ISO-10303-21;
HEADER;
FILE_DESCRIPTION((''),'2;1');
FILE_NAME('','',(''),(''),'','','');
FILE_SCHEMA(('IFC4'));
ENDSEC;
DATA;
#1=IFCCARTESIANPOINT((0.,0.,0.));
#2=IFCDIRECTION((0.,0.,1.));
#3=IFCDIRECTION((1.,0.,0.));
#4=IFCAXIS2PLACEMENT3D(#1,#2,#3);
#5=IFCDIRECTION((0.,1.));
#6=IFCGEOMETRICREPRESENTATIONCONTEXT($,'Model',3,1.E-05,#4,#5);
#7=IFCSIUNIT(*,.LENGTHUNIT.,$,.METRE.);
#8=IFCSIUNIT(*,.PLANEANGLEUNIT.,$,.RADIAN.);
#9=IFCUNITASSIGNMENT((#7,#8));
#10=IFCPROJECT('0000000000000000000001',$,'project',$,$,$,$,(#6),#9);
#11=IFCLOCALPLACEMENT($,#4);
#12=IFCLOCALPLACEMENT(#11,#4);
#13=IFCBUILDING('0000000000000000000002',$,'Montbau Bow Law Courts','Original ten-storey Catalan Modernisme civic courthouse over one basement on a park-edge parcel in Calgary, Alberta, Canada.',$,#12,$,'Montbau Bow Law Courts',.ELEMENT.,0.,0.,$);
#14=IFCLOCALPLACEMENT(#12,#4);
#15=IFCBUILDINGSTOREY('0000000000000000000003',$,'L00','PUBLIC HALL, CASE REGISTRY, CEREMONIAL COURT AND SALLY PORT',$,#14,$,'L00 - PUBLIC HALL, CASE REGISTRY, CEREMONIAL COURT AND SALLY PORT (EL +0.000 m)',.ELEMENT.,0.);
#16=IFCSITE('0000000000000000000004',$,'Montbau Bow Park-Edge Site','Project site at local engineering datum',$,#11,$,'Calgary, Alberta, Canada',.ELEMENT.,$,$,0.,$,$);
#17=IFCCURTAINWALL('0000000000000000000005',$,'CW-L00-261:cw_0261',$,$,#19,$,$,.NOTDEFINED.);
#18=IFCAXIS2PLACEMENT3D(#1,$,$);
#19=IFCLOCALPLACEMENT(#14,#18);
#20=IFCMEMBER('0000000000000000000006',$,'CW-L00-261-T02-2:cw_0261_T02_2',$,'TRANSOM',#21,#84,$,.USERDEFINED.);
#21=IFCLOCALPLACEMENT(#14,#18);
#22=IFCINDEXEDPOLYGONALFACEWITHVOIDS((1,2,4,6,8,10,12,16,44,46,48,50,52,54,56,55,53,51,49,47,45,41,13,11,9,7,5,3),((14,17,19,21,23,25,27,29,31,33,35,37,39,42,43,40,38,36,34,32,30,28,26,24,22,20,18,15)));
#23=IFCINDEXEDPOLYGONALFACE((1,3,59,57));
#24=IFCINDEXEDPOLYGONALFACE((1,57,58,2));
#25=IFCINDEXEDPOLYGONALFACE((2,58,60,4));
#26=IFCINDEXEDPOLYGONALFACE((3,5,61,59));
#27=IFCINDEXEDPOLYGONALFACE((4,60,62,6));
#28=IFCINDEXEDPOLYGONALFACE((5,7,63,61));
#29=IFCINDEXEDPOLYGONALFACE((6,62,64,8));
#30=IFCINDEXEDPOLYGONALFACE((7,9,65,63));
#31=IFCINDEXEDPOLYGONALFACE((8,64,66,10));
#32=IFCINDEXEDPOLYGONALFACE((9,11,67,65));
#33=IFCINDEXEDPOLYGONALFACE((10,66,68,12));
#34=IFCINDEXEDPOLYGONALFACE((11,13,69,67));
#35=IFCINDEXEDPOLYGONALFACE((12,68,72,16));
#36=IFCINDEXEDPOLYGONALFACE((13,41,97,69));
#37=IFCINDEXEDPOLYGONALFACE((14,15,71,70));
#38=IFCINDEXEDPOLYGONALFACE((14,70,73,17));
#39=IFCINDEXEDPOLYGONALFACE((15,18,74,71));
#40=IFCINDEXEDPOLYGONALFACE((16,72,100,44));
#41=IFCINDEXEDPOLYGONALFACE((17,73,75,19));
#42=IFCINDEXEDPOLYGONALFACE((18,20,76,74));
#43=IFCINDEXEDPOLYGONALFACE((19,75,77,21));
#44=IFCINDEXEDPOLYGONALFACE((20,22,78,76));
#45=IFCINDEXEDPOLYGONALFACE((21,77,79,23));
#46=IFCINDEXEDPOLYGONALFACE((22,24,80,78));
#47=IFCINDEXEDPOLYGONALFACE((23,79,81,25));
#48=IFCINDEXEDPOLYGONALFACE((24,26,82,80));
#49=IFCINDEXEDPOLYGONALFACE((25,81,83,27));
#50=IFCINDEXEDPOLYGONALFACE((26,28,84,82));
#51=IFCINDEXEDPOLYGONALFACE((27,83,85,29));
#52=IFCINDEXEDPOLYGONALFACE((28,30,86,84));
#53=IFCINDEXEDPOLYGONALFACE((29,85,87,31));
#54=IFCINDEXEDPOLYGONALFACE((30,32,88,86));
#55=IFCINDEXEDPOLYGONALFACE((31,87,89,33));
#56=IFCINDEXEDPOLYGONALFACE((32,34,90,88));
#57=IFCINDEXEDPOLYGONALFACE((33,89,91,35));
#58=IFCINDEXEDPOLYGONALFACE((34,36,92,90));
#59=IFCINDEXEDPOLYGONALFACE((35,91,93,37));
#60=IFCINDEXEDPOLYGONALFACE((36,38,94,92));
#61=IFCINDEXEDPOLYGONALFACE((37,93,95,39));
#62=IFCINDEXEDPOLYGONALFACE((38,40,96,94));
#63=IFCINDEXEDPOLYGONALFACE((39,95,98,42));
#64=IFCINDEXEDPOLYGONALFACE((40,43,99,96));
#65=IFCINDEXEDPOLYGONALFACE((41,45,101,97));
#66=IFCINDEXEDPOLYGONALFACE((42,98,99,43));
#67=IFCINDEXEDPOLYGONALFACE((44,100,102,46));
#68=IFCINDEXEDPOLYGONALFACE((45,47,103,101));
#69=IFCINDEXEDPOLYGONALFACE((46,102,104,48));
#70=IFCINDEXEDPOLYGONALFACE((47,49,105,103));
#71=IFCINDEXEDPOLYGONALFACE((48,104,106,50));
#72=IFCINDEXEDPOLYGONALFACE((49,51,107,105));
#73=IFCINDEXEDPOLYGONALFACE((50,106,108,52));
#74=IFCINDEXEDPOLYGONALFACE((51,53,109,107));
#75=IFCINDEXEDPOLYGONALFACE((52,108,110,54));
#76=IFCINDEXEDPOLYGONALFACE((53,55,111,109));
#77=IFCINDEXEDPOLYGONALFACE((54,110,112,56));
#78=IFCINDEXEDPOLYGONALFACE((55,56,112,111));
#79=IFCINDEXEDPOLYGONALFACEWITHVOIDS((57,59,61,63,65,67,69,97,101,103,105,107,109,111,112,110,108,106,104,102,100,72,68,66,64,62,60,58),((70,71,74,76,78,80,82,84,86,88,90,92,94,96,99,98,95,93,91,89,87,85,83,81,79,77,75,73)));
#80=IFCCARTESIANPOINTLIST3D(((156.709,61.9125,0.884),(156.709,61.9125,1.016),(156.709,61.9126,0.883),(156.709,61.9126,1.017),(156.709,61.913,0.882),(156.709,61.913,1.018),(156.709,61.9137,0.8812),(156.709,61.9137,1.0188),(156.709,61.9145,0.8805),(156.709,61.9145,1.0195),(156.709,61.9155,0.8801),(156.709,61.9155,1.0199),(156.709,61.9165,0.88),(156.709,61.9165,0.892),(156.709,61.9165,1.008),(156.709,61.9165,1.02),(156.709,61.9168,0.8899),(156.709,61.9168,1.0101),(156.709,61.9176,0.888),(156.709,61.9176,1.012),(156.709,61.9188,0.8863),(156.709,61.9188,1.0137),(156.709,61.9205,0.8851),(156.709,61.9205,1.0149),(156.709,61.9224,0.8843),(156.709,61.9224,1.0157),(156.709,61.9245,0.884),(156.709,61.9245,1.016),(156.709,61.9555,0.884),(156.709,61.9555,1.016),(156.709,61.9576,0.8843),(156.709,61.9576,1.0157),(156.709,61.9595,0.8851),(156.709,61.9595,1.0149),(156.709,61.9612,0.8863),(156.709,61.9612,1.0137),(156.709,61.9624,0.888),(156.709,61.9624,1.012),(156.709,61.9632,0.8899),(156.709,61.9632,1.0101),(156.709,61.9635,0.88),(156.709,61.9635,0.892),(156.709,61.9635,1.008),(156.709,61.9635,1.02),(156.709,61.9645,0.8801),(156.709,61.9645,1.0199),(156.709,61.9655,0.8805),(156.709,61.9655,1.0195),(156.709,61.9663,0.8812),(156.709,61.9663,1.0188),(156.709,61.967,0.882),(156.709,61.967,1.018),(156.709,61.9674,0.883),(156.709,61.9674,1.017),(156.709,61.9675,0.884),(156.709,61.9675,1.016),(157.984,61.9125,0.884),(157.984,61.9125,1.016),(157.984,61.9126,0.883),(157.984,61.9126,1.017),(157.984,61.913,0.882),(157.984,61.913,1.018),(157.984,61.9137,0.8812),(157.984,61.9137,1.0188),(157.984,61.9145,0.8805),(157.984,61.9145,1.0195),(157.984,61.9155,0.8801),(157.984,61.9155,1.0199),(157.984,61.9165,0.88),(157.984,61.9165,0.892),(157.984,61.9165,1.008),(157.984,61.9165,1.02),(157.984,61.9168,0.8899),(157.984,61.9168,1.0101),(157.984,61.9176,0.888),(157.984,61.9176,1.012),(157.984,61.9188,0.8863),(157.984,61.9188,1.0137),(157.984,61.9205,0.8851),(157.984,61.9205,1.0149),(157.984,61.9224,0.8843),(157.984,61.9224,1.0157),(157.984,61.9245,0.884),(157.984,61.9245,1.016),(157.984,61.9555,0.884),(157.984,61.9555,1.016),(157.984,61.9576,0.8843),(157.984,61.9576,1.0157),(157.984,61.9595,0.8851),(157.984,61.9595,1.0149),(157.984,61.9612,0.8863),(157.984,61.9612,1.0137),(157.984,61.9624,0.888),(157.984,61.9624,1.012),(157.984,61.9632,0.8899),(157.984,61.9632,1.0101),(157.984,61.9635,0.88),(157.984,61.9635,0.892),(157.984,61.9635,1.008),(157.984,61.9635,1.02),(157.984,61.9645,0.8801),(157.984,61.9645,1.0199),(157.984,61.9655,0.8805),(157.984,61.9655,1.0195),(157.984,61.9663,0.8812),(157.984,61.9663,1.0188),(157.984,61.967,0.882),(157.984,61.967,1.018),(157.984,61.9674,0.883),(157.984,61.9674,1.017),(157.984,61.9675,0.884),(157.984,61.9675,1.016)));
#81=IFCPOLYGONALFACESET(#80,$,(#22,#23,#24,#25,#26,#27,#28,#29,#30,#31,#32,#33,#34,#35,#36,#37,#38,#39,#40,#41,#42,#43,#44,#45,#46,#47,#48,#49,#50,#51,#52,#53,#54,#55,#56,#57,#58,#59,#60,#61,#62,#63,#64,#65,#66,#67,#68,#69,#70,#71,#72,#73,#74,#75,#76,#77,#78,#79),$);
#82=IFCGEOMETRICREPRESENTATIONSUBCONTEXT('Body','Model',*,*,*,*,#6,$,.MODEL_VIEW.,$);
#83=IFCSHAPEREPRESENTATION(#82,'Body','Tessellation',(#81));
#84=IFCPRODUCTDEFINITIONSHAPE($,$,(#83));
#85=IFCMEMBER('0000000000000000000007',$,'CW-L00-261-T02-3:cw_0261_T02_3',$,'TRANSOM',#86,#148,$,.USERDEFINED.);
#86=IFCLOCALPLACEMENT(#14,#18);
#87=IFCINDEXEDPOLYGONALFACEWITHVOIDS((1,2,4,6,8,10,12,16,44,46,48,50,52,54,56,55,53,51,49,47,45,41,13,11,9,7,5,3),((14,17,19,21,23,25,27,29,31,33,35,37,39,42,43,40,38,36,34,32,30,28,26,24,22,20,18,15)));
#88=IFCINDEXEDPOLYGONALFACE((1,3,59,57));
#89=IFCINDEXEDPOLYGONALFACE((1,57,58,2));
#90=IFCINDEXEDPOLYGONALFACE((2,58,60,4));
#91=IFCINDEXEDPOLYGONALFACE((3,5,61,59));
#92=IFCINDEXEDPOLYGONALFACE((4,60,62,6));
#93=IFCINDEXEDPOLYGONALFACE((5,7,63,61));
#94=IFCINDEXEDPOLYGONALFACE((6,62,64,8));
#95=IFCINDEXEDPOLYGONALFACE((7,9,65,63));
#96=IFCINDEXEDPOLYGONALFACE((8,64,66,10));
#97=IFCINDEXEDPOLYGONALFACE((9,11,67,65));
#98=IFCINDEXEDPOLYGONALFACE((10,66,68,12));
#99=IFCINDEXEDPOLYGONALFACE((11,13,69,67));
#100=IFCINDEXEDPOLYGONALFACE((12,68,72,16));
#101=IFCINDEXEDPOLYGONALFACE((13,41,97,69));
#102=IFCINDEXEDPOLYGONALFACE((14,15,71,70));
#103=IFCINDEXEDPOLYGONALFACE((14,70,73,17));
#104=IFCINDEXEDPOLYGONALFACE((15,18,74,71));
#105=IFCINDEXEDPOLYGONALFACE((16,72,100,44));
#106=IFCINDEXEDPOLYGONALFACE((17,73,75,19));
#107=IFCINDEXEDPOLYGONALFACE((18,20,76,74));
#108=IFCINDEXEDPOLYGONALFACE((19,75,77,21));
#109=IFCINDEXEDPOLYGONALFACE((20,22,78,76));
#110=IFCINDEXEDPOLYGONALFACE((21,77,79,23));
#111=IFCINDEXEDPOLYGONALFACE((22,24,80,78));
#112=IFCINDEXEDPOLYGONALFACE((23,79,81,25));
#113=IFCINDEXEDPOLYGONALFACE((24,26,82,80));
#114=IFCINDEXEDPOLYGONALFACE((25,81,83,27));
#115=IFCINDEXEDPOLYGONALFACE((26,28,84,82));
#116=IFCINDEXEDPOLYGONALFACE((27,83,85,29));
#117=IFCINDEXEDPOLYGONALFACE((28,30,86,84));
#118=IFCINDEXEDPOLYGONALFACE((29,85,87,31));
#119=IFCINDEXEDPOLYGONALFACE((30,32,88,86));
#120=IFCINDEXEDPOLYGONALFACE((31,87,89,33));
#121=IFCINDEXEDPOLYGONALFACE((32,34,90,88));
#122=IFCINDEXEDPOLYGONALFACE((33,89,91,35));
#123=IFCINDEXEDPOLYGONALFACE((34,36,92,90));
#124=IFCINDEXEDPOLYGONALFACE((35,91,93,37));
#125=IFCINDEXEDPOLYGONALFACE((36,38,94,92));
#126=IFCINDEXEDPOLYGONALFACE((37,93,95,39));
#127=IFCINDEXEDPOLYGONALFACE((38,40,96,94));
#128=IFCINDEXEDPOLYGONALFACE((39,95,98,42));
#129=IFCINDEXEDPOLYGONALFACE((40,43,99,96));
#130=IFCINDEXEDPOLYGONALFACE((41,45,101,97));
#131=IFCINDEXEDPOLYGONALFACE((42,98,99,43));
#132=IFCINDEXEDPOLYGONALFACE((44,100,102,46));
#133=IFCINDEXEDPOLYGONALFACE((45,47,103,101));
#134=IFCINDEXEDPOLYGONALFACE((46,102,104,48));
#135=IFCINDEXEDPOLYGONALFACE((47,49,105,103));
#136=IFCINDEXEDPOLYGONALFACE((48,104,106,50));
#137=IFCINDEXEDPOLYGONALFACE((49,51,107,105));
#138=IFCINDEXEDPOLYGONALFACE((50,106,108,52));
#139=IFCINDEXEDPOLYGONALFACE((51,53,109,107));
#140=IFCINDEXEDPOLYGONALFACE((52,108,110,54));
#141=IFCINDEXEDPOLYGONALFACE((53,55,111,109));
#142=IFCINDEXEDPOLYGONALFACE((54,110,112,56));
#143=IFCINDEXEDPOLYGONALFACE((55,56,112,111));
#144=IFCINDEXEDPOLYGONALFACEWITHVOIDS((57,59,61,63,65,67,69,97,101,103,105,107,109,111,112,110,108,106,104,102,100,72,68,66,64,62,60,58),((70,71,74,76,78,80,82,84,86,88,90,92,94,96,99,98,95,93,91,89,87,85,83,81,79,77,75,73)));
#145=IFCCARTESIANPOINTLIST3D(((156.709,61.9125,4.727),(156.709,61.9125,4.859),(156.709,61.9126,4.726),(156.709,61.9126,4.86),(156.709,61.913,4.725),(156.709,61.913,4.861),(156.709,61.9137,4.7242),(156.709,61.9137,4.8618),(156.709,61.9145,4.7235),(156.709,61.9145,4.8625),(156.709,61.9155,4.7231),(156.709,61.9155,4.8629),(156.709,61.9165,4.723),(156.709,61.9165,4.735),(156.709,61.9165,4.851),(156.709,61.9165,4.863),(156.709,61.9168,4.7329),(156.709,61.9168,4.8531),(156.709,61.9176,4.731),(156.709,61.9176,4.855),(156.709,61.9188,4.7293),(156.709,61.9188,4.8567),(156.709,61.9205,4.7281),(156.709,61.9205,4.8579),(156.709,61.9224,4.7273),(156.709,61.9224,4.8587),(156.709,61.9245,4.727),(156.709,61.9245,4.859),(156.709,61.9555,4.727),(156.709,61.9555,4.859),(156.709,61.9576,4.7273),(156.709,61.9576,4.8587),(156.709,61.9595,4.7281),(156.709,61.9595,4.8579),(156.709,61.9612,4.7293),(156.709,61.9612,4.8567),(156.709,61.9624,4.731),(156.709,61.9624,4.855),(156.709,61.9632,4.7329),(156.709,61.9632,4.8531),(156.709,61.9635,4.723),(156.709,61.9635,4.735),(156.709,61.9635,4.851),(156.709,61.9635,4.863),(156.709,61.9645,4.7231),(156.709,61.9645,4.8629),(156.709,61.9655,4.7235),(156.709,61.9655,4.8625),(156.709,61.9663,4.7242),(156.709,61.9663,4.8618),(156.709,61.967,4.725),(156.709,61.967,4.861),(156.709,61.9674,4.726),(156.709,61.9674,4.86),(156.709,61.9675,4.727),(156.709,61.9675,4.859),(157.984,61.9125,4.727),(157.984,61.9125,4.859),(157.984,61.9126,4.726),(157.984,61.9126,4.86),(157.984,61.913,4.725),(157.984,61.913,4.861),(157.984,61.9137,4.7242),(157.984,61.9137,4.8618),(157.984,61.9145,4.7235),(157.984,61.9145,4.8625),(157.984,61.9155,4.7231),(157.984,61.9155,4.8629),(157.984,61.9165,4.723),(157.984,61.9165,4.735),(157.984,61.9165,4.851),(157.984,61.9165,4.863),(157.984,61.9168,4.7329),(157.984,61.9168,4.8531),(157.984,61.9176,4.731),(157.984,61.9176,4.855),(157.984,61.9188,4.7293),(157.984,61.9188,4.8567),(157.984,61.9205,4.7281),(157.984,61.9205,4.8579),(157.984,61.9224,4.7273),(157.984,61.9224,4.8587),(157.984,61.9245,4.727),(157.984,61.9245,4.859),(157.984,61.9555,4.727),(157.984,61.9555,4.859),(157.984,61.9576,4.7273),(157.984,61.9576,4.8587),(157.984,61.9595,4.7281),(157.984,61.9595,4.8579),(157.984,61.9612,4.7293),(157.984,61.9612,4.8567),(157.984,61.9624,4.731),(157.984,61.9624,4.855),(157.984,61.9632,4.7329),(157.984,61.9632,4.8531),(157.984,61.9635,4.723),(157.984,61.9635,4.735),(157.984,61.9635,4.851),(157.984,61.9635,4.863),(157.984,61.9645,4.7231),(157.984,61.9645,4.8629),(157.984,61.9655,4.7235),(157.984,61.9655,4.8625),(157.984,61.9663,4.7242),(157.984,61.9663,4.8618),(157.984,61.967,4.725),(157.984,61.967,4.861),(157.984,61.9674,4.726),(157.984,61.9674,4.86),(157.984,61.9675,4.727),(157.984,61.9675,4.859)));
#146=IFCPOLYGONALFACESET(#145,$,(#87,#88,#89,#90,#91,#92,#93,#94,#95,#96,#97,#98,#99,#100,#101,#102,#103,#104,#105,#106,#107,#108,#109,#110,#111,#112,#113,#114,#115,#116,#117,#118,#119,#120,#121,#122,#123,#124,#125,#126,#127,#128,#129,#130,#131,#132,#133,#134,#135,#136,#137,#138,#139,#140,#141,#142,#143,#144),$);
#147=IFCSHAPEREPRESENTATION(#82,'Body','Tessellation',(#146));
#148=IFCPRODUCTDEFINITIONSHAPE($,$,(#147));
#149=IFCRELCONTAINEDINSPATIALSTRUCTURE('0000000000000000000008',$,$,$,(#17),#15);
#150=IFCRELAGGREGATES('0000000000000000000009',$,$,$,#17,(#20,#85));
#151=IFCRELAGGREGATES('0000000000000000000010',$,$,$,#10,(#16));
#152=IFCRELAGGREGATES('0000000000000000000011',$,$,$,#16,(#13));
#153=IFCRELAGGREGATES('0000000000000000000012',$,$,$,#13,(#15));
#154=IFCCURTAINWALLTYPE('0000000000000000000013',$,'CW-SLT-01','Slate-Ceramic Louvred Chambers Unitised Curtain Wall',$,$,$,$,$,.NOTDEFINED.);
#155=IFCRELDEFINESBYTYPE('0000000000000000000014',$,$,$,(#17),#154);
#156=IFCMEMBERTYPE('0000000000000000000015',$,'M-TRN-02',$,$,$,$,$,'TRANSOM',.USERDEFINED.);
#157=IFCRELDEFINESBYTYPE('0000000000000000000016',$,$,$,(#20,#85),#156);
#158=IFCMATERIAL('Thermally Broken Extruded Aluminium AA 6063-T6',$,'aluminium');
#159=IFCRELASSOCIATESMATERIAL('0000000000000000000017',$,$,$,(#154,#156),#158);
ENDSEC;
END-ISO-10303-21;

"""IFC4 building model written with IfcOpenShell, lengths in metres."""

from ifc_helpers import new_model, si_unit, direction, frame, origin_with_axes, origin_2d_with_axis, place, context, subcontext, project, spatial, hollow_rectangle, extrude, material, material_profile, profile_set, type_object, element, aggregate, save


model = new_model("IFC4")

# Units and contexts
model_context = context("Model", 3, precision=1e-05, world=origin_with_axes(), true_north=direction((0.0, 1.0)))
body_context = subcontext(model_context, "Body", "Model", "MODEL_VIEW")
ifc_project = project(units=[si_unit("LENGTHUNIT", "METRE"), si_unit("PLANEANGLEUNIT", "RADIAN")], contexts=[model_context])

# Site, building, storey
site_placement = place(None, origin_with_axes())
site = spatial("IfcSite", under=ifc_project, at=site_placement, Name="Montbau Bow Park-Edge Site", Description="Project site at local engineering datum", LongName="Calgary, Alberta, Canada", CompositionType="ELEMENT", RefElevation=0.0)
building_placement = place(site_placement, origin_with_axes())
building = spatial("IfcBuilding", under=site, at=building_placement, Name="Montbau Bow Law Courts", Description="Original ten-storey Catalan Modernisme civic courthouse over one basement on a park-edge parcel in Calgary, Alberta, Canada.", LongName="Montbau Bow Law Courts", CompositionType="ELEMENT", ElevationOfRefHeight=0.0, ElevationOfTerrain=0.0)
storey_placement = place(building_placement, origin_with_axes())
storey = spatial("IfcBuildingStorey", under=building, at=storey_placement, Name="L00", Description="PUBLIC HALL, CASE REGISTRY, CEREMONIAL COURT AND SALLY PORT", LongName="L00 - PUBLIC HALL, CASE REGISTRY, CEREMONIAL COURT AND SALLY PORT (EL +0.000 m)", CompositionType="ELEMENT", Elevation=0.0)

# Curtain wall, members
ifc_material_1 = material(Name="Thermally Broken Extruded Aluminium AA 6063-T6", Category="aluminium")
curtain_wall_type = type_object("IfcCurtainWallType", Name="CW-SLT-01", Description="Slate-Ceramic Louvred Chambers Unitised Curtain Wall", PredefinedType="NOTDEFINED", material=ifc_material_1)
curtain_wall_placement = place(None, frame((155.315, 61.94, 0.0), z_axis=(0.0, 0.0, 1.0), x_axis=(1.0, 0.0, 0.0)))
curtain_wall = element("IfcCurtainWall", 1, at=curtain_wall_placement, inside=storey, type_object=curtain_wall_type, Name="CW-L00-261:cw_0261", PredefinedType="NOTDEFINED")
ifc_material_profile_1 = material_profile(ifc_material_1, hollow_rectangle(XDim=0.055, YDim=0.14, WallThickness=0.004, InnerFilletRadius=0.008, OuterFilletRadius=0.004, at=origin_2d_with_axis()), Name="CWT-140X55", Category="Main", Priority=0)
ifc_profile_set_1 = profile_set([ifc_material_profile_1], Name="Thermally Broken Extruded Aluminium AA 6063-T6")
member_type_1 = type_object("IfcMemberType", Name="M-TRN-02", ElementType="TRANSOM", PredefinedType="USERDEFINED", material=ifc_profile_set_1)
member_1_placement = place(None, frame((156.709, 61.94, 0.95), z_axis=(1.0, 0.0, 0.0), x_axis=(0.0, 1.0, 0.0)))
member_1 = element("IfcMember", 2, at=member_1_placement, type_object=member_type_1, Name="CW-L00-261-T02-2:cw_0261_T02_2", ObjectType="TRANSOM", PredefinedType="USERDEFINED", context=body_context, shape_type="SweptSolid", body=[
    extrude(hollow_rectangle(XDim=0.055, YDim=0.14, WallThickness=0.004, InnerFilletRadius=0.008, OuterFilletRadius=0.004, at=origin_2d_with_axis()), origin_with_axes(), (0.0, 0.0, 1.0), 1.275),
])
member_2_placement = place(None, frame((156.709, 61.94, 4.793), z_axis=(1.0, 0.0, 0.0), x_axis=(0.0, 1.0, 0.0)))
member_2 = element("IfcMember", 3, at=member_2_placement, type_object=member_type_1, Name="CW-L00-261-T02-3:cw_0261_T02_3", ObjectType="TRANSOM", PredefinedType="USERDEFINED", context=body_context, shape_type="SweptSolid", body=[
    extrude(hollow_rectangle(XDim=0.055, YDim=0.14, WallThickness=0.004, InnerFilletRadius=0.008, OuterFilletRadius=0.004, at=origin_2d_with_axis()), origin_with_axes(), (0.0, 0.0, 1.0), 1.275),
])
aggregate(curtain_wall, [member_1, member_2])

save(model, "model.ifc")
